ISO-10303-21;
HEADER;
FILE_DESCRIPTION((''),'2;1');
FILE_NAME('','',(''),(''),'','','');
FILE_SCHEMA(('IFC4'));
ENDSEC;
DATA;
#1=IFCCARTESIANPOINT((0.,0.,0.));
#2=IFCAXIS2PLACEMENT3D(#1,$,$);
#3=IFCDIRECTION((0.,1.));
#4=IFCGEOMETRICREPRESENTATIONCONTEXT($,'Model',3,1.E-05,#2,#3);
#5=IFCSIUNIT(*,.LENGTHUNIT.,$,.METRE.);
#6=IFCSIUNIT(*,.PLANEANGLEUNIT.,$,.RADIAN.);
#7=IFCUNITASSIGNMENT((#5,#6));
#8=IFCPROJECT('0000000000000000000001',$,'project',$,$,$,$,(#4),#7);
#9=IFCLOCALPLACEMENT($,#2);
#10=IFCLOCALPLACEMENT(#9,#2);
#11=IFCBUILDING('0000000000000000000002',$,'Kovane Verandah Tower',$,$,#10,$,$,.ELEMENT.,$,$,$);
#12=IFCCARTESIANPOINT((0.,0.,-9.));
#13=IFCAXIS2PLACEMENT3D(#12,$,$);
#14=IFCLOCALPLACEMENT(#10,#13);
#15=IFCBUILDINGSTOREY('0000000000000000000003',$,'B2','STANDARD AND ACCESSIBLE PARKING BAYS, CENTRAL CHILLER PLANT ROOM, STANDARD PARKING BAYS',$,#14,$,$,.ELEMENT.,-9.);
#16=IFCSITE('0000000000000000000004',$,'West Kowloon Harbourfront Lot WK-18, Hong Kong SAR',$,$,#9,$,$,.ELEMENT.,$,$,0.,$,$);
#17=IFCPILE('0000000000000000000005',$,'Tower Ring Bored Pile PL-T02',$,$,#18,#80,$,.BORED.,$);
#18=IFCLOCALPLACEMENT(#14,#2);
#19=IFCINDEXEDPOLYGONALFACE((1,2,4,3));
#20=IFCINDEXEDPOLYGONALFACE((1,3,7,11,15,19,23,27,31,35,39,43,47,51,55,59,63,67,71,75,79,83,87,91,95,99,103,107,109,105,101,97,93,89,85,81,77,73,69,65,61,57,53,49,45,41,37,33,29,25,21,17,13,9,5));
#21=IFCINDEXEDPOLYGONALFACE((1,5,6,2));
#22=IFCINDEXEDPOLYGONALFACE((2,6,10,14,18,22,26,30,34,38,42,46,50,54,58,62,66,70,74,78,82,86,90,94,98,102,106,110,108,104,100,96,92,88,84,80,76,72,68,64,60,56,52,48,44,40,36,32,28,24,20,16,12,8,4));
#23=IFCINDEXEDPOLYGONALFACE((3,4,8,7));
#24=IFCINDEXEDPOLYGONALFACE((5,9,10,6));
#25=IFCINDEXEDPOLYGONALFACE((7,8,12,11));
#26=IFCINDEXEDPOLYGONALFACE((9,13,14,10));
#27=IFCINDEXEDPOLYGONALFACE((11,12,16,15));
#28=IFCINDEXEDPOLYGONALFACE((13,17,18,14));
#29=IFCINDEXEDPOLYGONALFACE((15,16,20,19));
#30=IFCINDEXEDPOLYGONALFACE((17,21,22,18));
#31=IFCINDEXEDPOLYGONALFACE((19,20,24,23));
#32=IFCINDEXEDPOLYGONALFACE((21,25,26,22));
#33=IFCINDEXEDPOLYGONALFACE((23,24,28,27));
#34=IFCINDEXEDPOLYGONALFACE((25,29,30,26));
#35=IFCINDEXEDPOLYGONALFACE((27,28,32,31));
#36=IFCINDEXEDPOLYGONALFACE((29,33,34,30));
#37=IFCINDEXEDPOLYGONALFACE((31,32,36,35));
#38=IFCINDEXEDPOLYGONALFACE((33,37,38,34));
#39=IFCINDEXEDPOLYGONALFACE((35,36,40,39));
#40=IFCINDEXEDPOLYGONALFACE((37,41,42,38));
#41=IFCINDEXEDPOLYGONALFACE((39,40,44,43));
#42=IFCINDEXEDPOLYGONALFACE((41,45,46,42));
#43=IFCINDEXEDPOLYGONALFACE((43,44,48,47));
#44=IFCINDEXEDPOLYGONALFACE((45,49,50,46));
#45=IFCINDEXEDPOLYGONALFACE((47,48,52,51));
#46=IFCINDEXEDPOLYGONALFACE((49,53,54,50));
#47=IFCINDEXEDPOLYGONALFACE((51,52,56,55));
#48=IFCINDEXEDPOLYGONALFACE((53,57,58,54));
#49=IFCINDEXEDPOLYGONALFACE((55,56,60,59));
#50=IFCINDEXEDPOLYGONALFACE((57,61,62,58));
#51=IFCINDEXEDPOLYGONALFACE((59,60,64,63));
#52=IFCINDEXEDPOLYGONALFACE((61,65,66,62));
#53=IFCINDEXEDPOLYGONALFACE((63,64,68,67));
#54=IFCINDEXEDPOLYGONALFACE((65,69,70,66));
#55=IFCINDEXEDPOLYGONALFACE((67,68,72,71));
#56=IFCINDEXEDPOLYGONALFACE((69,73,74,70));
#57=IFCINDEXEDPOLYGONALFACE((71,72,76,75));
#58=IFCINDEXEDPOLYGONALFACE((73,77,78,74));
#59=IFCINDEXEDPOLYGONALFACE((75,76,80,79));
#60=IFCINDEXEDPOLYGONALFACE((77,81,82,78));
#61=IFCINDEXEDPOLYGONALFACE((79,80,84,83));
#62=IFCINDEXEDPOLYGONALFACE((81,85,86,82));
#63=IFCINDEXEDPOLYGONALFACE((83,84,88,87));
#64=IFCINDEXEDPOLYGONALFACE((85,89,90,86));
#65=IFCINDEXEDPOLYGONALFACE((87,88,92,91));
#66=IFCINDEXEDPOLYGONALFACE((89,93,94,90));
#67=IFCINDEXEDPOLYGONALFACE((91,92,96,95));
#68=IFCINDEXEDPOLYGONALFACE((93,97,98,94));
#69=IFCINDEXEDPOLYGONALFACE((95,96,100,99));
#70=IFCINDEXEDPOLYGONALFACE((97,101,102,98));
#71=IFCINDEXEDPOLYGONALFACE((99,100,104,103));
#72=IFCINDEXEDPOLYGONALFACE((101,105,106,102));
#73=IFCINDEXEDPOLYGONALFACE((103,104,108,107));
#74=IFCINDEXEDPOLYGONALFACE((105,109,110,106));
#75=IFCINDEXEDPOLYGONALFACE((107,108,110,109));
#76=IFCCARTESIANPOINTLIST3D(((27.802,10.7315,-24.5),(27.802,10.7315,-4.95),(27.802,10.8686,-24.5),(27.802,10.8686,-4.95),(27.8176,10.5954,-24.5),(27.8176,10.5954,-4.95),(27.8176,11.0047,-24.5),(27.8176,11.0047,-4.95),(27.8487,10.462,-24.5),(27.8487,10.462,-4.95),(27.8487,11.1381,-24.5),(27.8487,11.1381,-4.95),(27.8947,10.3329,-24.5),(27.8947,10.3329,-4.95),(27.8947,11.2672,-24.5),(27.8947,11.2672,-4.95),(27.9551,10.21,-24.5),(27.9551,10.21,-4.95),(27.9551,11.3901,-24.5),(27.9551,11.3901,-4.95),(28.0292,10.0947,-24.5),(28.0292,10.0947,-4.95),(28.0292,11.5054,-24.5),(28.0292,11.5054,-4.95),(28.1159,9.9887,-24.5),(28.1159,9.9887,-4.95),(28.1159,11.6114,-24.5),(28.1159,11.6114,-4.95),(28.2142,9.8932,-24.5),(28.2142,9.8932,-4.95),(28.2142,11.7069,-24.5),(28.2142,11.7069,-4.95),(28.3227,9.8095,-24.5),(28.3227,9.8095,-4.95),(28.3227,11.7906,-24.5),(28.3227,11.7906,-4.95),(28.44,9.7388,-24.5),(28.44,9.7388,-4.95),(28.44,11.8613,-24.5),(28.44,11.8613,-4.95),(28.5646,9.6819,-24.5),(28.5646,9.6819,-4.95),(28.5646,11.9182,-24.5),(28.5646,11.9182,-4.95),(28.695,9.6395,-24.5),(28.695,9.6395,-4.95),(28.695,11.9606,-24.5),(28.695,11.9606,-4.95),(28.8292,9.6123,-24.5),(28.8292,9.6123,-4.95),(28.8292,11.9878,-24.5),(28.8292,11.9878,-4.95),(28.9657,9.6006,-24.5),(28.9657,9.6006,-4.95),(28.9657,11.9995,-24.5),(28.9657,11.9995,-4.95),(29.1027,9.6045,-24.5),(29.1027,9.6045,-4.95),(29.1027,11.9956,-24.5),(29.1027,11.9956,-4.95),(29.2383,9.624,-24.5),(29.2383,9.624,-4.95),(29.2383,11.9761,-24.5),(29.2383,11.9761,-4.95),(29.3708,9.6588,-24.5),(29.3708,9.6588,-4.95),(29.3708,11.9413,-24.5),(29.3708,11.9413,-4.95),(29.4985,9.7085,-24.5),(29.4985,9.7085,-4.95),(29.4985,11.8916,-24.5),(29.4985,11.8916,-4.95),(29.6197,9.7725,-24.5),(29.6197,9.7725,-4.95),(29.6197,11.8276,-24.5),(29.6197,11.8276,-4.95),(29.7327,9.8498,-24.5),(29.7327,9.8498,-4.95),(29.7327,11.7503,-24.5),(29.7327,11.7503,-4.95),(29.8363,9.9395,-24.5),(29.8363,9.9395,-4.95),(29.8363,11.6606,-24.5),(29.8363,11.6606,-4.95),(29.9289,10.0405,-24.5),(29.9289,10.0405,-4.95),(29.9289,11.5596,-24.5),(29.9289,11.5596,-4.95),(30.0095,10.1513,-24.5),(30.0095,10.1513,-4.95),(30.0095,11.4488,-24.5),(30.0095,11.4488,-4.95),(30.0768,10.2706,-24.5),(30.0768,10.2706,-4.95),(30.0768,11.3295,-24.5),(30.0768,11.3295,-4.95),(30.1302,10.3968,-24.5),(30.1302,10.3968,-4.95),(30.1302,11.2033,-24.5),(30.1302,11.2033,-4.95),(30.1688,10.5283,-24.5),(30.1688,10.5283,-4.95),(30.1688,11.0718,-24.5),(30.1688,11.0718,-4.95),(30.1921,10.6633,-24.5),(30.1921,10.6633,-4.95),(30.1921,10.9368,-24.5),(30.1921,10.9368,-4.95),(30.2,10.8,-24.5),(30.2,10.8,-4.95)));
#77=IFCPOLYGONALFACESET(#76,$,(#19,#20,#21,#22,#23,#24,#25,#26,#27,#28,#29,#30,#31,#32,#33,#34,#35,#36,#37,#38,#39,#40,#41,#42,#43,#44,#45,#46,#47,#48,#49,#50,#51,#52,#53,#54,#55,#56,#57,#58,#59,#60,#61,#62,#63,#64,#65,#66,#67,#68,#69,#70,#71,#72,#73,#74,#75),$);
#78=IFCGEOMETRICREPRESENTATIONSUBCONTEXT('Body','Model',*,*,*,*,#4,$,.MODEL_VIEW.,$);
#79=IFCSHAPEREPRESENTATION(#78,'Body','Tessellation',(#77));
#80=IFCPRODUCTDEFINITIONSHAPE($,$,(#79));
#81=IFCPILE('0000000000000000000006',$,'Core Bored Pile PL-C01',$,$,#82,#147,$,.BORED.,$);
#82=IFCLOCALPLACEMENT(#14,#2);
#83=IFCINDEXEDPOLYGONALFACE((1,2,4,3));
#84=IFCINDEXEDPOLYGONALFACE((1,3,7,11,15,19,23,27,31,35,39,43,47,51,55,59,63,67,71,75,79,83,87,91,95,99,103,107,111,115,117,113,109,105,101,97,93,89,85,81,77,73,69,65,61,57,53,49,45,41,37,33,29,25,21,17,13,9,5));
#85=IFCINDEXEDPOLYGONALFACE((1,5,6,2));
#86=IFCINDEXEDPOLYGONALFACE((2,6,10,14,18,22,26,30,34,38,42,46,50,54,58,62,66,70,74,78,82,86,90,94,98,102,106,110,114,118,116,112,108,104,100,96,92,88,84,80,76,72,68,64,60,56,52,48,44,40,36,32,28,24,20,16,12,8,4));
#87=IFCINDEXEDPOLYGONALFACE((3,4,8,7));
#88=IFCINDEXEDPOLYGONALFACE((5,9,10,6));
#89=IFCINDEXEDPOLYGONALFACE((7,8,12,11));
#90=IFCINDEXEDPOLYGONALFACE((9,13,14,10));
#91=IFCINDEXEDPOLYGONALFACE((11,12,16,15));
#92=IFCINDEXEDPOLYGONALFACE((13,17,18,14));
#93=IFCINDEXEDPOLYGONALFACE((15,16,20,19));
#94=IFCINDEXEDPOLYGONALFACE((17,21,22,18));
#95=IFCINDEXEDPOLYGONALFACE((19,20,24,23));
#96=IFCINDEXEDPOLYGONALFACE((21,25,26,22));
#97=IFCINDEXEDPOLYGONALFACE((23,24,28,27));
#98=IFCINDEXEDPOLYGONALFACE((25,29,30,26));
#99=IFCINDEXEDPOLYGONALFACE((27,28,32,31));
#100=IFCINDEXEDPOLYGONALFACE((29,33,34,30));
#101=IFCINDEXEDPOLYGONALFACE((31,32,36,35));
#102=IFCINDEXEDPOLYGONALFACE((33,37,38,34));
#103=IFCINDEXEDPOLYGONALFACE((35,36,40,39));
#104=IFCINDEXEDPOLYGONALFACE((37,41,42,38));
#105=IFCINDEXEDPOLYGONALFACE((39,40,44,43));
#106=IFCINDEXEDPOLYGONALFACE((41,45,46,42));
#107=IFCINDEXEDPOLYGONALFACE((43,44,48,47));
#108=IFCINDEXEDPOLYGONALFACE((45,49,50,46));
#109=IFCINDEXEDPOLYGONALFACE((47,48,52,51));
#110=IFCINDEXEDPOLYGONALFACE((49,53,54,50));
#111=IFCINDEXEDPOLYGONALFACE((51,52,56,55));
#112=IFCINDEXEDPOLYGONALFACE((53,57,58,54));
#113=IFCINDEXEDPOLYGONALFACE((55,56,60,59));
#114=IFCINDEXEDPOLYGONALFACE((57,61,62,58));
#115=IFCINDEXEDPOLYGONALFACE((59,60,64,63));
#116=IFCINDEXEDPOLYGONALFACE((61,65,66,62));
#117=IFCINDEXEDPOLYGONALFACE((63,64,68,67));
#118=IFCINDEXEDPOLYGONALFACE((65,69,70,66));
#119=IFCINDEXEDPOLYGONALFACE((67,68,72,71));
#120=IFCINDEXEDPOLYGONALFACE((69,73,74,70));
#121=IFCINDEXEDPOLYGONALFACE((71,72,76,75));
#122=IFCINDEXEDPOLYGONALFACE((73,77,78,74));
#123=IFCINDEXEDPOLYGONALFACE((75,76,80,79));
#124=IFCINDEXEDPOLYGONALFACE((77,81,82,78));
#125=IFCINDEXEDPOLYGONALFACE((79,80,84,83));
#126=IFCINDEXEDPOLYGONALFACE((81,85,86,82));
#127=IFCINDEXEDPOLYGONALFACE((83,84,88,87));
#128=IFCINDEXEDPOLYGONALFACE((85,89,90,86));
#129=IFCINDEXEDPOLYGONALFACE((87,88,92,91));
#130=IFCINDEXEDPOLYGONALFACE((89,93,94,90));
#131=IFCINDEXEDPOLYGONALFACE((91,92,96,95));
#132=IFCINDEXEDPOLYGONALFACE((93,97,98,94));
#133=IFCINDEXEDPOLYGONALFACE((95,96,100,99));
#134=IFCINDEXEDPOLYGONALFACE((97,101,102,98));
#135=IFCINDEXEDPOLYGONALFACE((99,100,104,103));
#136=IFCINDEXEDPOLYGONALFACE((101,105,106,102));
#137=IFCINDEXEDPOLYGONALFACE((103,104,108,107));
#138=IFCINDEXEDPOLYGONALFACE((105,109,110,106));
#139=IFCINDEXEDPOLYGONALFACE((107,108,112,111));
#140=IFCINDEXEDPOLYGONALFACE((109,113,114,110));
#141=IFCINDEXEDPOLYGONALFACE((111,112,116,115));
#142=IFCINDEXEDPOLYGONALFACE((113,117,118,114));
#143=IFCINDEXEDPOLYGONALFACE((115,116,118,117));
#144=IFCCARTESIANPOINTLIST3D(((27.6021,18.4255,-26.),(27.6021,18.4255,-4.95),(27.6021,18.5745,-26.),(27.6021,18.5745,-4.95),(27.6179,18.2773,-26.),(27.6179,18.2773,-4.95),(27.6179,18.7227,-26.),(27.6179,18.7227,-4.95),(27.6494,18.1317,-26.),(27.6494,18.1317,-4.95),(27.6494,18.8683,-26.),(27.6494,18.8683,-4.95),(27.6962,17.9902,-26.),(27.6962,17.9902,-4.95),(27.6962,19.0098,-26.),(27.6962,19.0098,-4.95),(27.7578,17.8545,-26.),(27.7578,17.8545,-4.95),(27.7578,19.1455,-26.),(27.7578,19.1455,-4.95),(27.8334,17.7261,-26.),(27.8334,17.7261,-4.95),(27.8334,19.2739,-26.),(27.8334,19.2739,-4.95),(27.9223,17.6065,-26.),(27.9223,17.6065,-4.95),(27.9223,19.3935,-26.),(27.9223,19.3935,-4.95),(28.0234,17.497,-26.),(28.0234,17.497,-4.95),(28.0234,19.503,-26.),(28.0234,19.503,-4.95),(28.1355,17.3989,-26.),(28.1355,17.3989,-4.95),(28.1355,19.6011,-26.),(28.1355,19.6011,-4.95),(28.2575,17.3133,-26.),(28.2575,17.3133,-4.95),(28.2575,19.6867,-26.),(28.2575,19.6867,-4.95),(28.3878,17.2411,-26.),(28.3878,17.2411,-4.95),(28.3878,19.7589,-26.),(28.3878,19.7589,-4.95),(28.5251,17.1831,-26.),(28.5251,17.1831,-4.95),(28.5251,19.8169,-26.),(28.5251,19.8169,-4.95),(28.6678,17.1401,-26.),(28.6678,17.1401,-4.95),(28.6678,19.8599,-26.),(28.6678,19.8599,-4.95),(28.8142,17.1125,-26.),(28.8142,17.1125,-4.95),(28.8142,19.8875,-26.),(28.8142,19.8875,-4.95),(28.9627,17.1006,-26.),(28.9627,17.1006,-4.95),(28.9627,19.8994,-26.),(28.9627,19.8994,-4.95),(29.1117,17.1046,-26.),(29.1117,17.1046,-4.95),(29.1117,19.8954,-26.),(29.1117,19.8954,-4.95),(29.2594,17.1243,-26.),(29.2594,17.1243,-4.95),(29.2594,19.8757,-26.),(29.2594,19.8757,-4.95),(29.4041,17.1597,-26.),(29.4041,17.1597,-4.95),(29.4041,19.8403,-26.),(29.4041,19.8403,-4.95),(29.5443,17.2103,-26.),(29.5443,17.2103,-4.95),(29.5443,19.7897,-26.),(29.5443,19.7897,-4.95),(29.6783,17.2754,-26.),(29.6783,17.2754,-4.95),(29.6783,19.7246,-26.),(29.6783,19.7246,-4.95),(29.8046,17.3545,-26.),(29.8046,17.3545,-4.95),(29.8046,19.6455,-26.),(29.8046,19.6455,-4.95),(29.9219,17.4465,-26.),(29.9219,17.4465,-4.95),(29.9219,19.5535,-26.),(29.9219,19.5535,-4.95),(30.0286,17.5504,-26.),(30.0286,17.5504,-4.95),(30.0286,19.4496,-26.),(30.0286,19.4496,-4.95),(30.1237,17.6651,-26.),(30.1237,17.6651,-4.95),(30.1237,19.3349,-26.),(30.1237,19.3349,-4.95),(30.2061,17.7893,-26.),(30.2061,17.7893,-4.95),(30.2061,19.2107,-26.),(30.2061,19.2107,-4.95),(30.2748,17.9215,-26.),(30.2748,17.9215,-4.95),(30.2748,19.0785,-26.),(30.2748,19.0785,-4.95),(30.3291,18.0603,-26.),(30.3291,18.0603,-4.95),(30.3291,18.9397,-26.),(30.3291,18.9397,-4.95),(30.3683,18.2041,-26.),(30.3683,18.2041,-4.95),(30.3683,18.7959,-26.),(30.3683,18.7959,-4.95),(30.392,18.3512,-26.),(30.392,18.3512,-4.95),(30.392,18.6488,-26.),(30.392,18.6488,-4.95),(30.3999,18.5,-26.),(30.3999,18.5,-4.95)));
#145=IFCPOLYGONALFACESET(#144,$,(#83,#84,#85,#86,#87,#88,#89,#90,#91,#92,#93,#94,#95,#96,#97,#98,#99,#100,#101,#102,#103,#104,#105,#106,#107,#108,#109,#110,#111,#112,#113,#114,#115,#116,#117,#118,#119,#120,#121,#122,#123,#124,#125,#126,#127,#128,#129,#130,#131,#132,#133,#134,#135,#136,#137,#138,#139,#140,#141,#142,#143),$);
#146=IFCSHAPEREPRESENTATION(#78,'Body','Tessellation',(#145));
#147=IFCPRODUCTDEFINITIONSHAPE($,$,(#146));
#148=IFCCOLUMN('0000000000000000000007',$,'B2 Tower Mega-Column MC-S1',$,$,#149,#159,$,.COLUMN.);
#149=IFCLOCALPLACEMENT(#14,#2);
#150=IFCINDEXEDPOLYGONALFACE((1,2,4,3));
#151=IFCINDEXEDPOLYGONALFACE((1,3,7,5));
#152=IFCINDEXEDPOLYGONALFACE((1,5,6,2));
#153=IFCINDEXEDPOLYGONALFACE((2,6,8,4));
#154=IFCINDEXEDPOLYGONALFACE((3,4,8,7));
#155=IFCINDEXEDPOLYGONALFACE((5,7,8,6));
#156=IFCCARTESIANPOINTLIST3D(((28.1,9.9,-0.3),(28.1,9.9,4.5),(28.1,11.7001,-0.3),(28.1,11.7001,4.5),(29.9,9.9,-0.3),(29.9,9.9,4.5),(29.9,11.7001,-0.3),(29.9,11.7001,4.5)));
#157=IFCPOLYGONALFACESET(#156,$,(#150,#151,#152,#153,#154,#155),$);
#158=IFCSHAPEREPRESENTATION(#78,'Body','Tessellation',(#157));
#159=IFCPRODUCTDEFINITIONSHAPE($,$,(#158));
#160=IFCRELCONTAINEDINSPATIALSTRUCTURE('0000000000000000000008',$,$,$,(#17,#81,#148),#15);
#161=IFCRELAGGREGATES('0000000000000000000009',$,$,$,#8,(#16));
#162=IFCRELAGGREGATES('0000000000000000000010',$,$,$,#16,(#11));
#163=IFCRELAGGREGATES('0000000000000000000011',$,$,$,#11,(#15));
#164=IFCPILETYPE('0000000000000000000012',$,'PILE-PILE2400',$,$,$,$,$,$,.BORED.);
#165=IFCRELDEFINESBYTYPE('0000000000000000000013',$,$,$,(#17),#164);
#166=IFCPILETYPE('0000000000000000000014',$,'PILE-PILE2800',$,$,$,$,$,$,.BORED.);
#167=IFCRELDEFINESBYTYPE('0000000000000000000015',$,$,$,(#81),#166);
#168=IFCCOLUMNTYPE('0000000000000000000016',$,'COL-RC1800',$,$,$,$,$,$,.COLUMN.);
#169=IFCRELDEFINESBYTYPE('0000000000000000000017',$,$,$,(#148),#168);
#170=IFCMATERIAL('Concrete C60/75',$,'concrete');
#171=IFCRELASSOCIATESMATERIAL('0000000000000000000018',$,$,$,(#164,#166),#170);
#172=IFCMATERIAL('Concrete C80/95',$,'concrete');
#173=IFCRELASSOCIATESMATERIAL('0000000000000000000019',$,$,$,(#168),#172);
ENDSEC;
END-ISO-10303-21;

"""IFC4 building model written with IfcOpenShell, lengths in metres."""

from ifc_helpers import new_model, si_unit, direction, frame, origin, origin_2d, place, context, subcontext, project, spatial, rectangle, circle, extrude, material, material_profile, profile_set, type_object, element, save


model = new_model("IFC4")

# Units and contexts
model_context = context("Model", 3, precision=1e-05, world=origin(), true_north=direction((0.0, 1.0)))
body_context = subcontext(model_context, "Body", "Model", "MODEL_VIEW")
ifc_project = project(units=[si_unit("LENGTHUNIT", "METRE"), si_unit("PLANEANGLEUNIT", "RADIAN")], contexts=[model_context])

# Site, building, storey
site_placement = place(None, origin())
site = spatial("IfcSite", under=ifc_project, at=site_placement, Name="West Kowloon Harbourfront Lot WK-18, Hong Kong SAR", CompositionType="ELEMENT", RefElevation=0.0)
building_placement = place(site_placement, origin())
building = spatial("IfcBuilding", under=site, at=building_placement, Name="Kovane Verandah Tower", CompositionType="ELEMENT")
storey_placement = place(building_placement, frame((0.0, 0.0, -9.0)))
storey = spatial("IfcBuildingStorey", under=building, at=storey_placement, Name="B2", Description="STANDARD AND ACCESSIBLE PARKING BAYS, CENTRAL CHILLER PLANT ROOM, STANDARD PARKING BAYS", CompositionType="ELEMENT", Elevation=-9.0)

# Piles
ifc_material_1 = material(Name="Concrete C60/75", Category="concrete")
ifc_material_profile_1 = material_profile(ifc_material_1, circle(Radius=1.2, at=origin_2d()), Name="PILE2400")
ifc_profile_set_1 = profile_set([ifc_material_profile_1], Name="Concrete C60/75")
pile_type_1 = type_object("IfcPileType", Name="PILE-PILE2400", PredefinedType="BORED", material=ifc_profile_set_1)
pile_1_placement = place(storey_placement, frame((29.0, 10.8, -4.95), z_axis=(0.0, 0.0, -1.0), x_axis=(1.0, 0.0, 0.0)))
element("IfcPile", 1, at=pile_1_placement, inside=storey, type_object=pile_type_1, Name="Tower Ring Bored Pile PL-T02", PredefinedType="BORED", context=body_context, shape_type="SweptSolid", body=[
    extrude(circle(Radius=1.2, at=origin_2d()), origin(), (0.0, 0.0, 1.0), 19.55),
])
ifc_material_profile_2 = material_profile(ifc_material_1, circle(Radius=1.3999, at=origin_2d()), Name="PILE2800")
ifc_profile_set_2 = profile_set([ifc_material_profile_2], Name="Concrete C60/75")
pile_type_2 = type_object("IfcPileType", Name="PILE-PILE2800", PredefinedType="BORED", material=ifc_profile_set_2)
pile_2_placement = place(storey_placement, frame((29.0, 18.5, -4.95), z_axis=(0.0, 0.0, -1.0), x_axis=(1.0, 0.0, 0.0)))
element("IfcPile", 2, at=pile_2_placement, inside=storey, type_object=pile_type_2, Name="Core Bored Pile PL-C01", PredefinedType="BORED", context=body_context, shape_type="SweptSolid", body=[
    extrude(circle(Radius=1.3999, at=origin_2d()), origin(), (0.0, 0.0, 1.0), 21.05),
])

# Column
ifc_material_2 = material(Name="Concrete C80/95", Category="concrete")
ifc_material_profile_3 = material_profile(ifc_material_2, rectangle(XDim=1.8, YDim=1.8, at=origin_2d()), Name="RC1800x1800")
ifc_profile_set_3 = profile_set([ifc_material_profile_3], Name="Concrete C80/95")
column_type_1 = type_object("IfcColumnType", Name="COL-RC1800", PredefinedType="COLUMN", material=ifc_profile_set_3)
column_1_placement = place(storey_placement, frame((29.0, 10.8, -0.3), z_axis=(0.0, 0.0, 1.0), x_axis=(1.0, 0.0, 0.0)))
element("IfcColumn", 3, at=column_1_placement, inside=storey, type_object=column_type_1, Name="B2 Tower Mega-Column MC-S1", PredefinedType="COLUMN", context=body_context, shape_type="SweptSolid", body=[
    extrude(rectangle(XDim=1.8, YDim=1.8, at=origin_2d()), origin(), (0.0, 0.0, 1.0), 4.8),
])

save(model, "model.ifc")
